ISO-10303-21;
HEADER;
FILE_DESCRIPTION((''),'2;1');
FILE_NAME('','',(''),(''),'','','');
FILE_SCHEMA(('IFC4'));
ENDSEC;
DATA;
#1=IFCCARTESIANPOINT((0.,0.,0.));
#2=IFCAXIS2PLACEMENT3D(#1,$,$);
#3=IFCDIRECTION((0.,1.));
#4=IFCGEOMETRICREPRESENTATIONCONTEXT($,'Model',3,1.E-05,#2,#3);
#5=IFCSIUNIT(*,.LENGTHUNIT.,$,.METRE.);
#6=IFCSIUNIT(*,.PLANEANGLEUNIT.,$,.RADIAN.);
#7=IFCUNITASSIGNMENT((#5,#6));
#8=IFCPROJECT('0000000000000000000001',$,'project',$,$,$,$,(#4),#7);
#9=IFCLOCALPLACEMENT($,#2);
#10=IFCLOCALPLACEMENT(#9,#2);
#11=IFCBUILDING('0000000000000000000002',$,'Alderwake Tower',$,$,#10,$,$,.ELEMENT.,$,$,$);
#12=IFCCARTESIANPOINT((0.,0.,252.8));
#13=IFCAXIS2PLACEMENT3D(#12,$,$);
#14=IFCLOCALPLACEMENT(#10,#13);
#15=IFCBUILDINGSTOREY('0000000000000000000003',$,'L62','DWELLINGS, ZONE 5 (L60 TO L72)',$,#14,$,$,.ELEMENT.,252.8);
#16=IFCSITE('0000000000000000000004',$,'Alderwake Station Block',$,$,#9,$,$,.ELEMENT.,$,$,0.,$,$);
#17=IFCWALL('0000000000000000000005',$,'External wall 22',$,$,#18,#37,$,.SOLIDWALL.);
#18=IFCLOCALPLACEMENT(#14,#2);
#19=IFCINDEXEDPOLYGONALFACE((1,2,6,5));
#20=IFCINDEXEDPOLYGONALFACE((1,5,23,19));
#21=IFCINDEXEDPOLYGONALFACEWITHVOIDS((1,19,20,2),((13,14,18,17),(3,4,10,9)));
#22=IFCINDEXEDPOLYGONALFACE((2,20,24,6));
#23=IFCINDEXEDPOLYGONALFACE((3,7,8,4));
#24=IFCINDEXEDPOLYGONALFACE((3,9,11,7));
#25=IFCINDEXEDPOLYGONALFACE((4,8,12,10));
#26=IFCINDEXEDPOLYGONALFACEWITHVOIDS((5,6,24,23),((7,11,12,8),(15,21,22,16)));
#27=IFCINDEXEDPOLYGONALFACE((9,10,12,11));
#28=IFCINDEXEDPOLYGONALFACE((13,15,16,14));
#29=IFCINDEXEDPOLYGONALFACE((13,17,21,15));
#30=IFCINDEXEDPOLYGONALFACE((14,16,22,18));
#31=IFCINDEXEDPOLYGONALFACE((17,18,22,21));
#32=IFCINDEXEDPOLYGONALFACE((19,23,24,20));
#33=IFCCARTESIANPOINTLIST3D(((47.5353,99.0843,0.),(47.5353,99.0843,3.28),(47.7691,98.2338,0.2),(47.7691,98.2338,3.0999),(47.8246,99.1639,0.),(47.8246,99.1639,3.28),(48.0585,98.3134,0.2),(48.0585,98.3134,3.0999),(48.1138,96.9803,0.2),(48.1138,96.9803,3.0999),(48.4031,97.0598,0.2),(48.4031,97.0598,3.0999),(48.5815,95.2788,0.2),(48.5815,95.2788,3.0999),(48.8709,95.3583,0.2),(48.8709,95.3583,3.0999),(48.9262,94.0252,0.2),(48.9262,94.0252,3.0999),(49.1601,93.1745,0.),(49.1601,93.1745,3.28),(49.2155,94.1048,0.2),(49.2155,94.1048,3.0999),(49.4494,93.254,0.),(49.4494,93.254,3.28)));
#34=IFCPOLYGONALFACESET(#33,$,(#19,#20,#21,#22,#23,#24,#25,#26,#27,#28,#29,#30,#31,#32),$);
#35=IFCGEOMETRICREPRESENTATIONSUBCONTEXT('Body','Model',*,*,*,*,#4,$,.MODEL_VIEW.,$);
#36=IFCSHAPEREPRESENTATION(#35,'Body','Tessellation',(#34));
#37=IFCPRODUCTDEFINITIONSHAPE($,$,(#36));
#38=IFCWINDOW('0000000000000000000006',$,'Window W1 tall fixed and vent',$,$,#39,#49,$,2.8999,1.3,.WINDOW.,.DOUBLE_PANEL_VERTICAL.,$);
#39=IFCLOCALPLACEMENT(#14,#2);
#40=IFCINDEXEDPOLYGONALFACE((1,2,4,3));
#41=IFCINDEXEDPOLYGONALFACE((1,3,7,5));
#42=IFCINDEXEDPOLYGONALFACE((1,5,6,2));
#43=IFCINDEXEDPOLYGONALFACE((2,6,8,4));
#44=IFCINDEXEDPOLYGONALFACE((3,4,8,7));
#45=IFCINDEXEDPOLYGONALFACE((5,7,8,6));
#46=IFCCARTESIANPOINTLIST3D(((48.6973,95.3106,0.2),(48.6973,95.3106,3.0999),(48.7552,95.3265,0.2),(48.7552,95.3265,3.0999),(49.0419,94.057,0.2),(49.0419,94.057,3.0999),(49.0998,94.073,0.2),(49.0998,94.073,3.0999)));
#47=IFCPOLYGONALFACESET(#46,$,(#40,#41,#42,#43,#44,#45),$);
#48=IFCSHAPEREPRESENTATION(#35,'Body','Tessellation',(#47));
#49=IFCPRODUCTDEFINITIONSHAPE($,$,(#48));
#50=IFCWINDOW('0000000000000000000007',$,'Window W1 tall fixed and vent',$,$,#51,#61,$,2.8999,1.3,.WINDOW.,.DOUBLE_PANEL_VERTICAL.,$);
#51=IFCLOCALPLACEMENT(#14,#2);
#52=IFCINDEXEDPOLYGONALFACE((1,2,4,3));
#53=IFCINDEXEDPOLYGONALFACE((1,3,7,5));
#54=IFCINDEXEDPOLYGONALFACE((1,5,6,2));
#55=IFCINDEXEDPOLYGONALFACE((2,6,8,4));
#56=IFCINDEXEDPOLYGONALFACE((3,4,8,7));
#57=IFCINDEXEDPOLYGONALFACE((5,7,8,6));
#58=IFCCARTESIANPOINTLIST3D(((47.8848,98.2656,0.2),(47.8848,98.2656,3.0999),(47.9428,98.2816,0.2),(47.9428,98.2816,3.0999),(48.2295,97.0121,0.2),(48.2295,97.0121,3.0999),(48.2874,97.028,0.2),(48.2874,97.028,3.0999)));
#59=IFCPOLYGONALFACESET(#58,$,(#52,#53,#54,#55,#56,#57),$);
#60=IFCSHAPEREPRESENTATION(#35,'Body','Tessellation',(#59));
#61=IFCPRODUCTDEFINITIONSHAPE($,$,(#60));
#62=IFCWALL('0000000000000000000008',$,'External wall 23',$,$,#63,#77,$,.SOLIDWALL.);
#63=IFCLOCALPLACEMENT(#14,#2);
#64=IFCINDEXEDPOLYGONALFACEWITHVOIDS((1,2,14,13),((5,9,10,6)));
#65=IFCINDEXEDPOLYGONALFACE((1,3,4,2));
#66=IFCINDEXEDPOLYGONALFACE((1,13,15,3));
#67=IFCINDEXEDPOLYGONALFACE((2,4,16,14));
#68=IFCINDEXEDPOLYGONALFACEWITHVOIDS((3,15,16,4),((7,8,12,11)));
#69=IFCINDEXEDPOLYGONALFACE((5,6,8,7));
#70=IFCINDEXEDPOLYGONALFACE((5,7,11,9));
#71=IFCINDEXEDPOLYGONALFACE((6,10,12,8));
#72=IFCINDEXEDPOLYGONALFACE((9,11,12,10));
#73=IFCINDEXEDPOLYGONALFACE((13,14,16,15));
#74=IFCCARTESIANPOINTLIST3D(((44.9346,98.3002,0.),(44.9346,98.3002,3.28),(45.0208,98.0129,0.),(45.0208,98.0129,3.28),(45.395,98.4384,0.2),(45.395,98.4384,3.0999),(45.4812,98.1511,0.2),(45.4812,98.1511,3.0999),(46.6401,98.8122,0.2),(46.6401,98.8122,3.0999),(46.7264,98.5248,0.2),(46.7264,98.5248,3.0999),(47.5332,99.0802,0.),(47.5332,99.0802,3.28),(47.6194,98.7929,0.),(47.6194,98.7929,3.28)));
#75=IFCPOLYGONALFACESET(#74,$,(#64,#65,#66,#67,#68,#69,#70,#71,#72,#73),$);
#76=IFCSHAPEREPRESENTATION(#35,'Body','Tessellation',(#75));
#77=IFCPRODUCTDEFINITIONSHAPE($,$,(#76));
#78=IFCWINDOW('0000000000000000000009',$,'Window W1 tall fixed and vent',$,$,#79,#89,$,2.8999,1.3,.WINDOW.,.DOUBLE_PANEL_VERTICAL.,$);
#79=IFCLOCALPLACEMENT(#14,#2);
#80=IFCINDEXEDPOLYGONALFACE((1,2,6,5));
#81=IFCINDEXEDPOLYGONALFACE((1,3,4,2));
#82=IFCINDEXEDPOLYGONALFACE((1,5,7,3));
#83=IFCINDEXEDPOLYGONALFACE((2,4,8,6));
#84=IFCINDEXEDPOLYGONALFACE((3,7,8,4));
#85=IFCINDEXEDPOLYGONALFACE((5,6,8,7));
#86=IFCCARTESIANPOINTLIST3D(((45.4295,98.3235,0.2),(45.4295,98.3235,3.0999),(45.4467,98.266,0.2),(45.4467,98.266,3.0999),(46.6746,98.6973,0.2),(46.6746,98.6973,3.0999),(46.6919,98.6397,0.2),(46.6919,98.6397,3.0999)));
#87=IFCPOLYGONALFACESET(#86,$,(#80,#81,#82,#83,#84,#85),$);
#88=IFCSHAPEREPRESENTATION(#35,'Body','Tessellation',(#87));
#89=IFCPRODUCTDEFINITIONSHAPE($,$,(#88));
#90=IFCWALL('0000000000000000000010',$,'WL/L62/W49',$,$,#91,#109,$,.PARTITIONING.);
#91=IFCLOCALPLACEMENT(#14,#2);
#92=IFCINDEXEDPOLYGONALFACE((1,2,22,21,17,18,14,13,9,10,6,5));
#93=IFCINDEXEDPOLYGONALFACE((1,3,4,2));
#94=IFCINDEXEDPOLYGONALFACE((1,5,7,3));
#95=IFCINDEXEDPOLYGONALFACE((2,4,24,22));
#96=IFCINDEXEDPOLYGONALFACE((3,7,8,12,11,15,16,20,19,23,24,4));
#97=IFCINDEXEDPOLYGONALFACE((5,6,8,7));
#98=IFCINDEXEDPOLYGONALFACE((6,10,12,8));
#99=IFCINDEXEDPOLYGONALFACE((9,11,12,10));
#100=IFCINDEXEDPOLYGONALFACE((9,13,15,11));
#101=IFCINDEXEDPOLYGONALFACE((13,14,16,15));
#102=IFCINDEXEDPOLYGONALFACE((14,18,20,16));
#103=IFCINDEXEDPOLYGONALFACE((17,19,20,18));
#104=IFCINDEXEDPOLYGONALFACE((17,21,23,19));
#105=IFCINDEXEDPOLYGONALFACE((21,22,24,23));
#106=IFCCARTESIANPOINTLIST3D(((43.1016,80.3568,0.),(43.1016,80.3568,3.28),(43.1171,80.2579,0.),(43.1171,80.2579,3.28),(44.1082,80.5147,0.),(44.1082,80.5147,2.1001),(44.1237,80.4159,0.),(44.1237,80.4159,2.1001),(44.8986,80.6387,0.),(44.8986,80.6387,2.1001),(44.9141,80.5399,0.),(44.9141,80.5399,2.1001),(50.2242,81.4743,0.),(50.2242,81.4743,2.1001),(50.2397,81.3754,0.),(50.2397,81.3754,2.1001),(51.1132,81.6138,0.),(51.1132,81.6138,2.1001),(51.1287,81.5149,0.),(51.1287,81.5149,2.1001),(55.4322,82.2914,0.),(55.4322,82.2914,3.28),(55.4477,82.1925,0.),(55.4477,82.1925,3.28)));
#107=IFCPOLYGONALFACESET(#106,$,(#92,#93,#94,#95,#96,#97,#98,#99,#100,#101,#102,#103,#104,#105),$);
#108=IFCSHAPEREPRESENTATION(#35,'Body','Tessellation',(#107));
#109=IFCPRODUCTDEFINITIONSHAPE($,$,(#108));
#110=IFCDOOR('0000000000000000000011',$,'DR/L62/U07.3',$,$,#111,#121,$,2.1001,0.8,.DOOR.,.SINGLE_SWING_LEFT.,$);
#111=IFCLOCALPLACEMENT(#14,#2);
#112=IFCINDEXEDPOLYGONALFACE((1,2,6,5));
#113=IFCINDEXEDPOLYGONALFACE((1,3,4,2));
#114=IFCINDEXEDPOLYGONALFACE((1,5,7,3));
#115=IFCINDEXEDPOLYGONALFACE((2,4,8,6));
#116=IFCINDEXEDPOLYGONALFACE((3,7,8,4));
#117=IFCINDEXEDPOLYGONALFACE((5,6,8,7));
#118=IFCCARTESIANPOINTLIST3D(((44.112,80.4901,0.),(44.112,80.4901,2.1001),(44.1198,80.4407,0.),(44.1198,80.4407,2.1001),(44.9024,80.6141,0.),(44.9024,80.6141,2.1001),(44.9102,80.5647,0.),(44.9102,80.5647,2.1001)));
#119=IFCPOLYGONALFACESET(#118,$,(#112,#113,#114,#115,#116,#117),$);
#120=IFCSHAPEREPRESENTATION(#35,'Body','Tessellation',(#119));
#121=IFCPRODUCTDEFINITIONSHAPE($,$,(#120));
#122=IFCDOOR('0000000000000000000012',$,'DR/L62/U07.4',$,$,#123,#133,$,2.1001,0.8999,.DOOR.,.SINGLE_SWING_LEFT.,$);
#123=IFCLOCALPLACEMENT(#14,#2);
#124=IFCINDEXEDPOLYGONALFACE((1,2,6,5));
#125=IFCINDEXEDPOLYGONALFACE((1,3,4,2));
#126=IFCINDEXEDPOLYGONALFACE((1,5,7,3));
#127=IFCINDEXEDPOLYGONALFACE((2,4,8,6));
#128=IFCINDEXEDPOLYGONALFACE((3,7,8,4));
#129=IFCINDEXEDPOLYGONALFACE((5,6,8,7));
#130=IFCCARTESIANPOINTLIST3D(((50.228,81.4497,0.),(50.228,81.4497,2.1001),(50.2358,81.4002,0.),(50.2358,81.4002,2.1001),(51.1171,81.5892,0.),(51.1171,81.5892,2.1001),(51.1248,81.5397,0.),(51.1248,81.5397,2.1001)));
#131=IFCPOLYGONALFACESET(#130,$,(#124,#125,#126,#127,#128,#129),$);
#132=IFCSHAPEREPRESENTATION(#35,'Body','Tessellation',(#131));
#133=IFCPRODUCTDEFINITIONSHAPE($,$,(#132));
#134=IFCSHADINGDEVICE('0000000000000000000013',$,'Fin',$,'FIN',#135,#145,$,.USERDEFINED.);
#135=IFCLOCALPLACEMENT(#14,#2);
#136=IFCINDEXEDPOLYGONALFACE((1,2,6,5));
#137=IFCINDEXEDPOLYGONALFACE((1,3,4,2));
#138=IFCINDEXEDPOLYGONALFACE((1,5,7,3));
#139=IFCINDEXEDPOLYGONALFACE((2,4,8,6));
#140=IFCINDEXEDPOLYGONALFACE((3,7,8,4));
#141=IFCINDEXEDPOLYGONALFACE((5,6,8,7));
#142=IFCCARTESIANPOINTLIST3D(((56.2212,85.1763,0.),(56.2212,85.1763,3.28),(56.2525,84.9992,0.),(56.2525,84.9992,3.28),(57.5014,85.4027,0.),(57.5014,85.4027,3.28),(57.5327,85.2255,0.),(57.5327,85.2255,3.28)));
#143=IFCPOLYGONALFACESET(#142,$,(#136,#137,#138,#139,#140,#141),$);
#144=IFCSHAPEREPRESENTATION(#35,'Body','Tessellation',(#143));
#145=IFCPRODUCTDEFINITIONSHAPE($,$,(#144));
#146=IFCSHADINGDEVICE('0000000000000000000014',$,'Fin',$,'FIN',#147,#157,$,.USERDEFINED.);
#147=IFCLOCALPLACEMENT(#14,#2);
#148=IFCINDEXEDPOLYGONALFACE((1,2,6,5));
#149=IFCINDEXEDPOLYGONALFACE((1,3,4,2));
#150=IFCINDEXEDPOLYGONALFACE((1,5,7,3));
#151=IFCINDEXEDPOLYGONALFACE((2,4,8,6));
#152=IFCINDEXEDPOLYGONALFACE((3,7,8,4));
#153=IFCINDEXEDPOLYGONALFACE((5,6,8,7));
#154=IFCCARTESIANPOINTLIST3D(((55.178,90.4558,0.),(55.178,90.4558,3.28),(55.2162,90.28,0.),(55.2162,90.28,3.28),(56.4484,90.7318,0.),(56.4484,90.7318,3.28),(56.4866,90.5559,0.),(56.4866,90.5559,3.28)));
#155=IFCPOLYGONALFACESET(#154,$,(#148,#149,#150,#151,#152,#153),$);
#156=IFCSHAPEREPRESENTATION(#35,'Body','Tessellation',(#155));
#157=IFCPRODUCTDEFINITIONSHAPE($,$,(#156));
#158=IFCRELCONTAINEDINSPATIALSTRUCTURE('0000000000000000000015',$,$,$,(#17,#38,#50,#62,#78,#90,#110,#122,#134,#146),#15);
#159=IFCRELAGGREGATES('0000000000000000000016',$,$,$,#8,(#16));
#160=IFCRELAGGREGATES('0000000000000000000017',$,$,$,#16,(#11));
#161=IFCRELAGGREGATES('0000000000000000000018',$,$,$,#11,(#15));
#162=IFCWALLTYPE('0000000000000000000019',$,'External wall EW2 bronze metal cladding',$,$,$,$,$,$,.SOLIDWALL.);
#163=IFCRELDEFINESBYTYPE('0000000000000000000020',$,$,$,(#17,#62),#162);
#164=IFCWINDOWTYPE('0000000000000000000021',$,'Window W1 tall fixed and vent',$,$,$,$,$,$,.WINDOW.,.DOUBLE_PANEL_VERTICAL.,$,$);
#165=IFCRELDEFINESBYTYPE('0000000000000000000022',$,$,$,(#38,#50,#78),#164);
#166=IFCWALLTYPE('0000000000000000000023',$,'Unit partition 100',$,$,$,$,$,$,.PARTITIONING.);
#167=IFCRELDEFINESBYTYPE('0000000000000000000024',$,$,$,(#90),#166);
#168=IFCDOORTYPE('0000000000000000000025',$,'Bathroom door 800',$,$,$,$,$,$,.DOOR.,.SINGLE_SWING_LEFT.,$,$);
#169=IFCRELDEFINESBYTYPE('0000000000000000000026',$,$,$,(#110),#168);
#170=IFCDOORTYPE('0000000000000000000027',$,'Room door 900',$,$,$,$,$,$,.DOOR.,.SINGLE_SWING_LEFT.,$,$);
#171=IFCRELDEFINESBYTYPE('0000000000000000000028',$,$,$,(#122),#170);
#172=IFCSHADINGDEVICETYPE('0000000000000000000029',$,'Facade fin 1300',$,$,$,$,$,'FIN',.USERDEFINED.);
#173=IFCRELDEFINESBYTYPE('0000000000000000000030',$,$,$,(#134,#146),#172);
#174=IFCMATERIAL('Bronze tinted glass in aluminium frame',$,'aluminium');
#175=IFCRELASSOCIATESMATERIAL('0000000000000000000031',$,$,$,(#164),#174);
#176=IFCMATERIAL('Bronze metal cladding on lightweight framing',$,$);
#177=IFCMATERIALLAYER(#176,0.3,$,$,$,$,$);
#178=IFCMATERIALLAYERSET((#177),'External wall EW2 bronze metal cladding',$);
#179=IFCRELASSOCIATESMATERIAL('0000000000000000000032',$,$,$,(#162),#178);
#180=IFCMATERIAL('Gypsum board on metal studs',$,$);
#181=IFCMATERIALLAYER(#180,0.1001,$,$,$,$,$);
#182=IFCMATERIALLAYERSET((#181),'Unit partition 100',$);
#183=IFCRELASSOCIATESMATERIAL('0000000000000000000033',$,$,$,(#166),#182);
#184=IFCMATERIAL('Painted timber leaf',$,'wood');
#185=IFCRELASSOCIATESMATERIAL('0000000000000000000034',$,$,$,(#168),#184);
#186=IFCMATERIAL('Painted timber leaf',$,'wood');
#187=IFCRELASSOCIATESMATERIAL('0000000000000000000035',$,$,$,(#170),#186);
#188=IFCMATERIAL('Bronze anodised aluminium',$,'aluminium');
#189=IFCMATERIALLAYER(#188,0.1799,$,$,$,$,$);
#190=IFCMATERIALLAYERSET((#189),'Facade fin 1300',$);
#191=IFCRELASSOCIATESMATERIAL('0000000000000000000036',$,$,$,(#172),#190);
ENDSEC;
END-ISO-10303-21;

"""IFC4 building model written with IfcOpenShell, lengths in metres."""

from ifc_helpers import new_model, si_unit, direction, frame, frame_2d, origin, origin_2d, place, context, subcontext, project, spatial, rectangle, extrude, material, layer, layer_set, type_object, element, fill, save


model = new_model("IFC4")

# Units and contexts
model_context = context("Model", 3, precision=1e-05, world=origin(), true_north=direction((0.0, 1.0)))
body_context = subcontext(model_context, "Body", "Model", "MODEL_VIEW")
ifc_project = project(units=[si_unit("LENGTHUNIT", "METRE"), si_unit("PLANEANGLEUNIT", "RADIAN")], contexts=[model_context])

# Site, building, storey
site_placement = place(None, origin())
site = spatial("IfcSite", under=ifc_project, at=site_placement, Name="Alderwake Station Block", CompositionType="ELEMENT", RefElevation=0.0)
building_placement = place(site_placement, origin())
building = spatial("IfcBuilding", under=site, at=building_placement, Name="Alderwake Tower", CompositionType="ELEMENT")
storey_placement = place(building_placement, frame((0.0, 0.0, 252.8)))
storey = spatial("IfcBuildingStorey", under=building, at=storey_placement, Name="L62", Description="DWELLINGS, ZONE 5 (L60 TO L72)", CompositionType="ELEMENT", Elevation=252.8)

# Shared definitions
ifc_material_1 = material(Name="Bronze tinted glass in aluminium frame", Category="aluminium")
window_type = type_object("IfcWindowType", Name="Window W1 tall fixed and vent", PartitioningType="DOUBLE_PANEL_VERTICAL", PredefinedType="WINDOW", material=ifc_material_1)

# Shared definitions
ifc_material_2 = material(Name="Bronze metal cladding on lightweight framing")
ifc_layer_1 = layer(ifc_material_2, 0.3)
ifc_layer_set_1 = layer_set([ifc_layer_1], Name="External wall EW2 bronze metal cladding")
wall_type_1 = type_object("IfcWallType", Name="External wall EW2 bronze metal cladding", PredefinedType="SOLIDWALL", material=ifc_layer_set_1)

# Wall, openings, windows
wall_1_placement = place(storey_placement, frame((49.3047, 93.2144, 0.0), z_axis=(0.0, 0.0, 1.0), x_axis=(-0.265085, 0.964225, 0.0)))
wall_1 = element("IfcWall", 1, at=wall_1_placement, inside=storey, type_object=wall_type_1, Name="External wall 22", PredefinedType="SOLIDWALL", context=body_context, shape_type="SweptSolid", body=[
    extrude(rectangle(XDim=6.1292, YDim=0.3, at=frame_2d((3.0645, 0.0))), origin(), (0.0, 0.0, 1.0), 3.28),
])
opening_1_placement = place(wall_1_placement, frame((0.8823, 0.0, 0.2)))
opening_1 = element("IfcOpeningElement", 2, at=opening_1_placement, cuts=wall_1, PredefinedType="OPENING", context=body_context, shape_type="SweptSolid", body=[
    extrude(rectangle(XDim=1.3, YDim=2.8999, at=frame_2d((0.6499, 1.45))), frame((0.0, 0.1599, 0.0), z_axis=(0.0, -1.0, 0.0), x_axis=(1.0, 0.0, 0.0)), (0.0, 0.0, 1.0), 0.3201),
])
opening_2_placement = place(wall_1_placement, frame((3.947, 0.0, 0.2)))
opening_2 = element("IfcOpeningElement", 3, at=opening_2_placement, cuts=wall_1, PredefinedType="OPENING", context=body_context, shape_type="SweptSolid", body=[
    extrude(rectangle(XDim=1.3, YDim=2.8999, at=frame_2d((0.6499, 1.45))), frame((0.0, 0.1599, 0.0), z_axis=(0.0, -1.0, 0.0), x_axis=(1.0, 0.0, 0.0)), (0.0, 0.0, 1.0), 0.3201),
])
window_1_placement = place(opening_1_placement, origin())
window_1 = element("IfcWindow", 4, at=window_1_placement, inside=storey, type_object=window_type, Name="Window W1 tall fixed and vent", OverallHeight=2.8999, OverallWidth=1.3, PartitioningType="DOUBLE_PANEL_VERTICAL", PredefinedType="WINDOW", context=body_context, shape_type="SweptSolid", body=[
    extrude(rectangle(XDim=1.3, YDim=2.8999, at=frame_2d((0.6499, 1.45))), frame((0.0, 0.03, 0.0), z_axis=(0.0, -1.0, 0.0), x_axis=(1.0, 0.0, 0.0)), (0.0, 0.0, 1.0), 0.0601),
])
fill(opening_1, window_1)
window_2_placement = place(opening_2_placement, origin())
window_2 = element("IfcWindow", 5, at=window_2_placement, inside=storey, type_object=window_type, Name="Window W1 tall fixed and vent", OverallHeight=2.8999, OverallWidth=1.3, PartitioningType="DOUBLE_PANEL_VERTICAL", PredefinedType="WINDOW", context=body_context, shape_type="SweptSolid", body=[
    extrude(rectangle(XDim=1.3, YDim=2.8999, at=frame_2d((0.6499, 1.45))), frame((0.0, 0.03, 0.0), z_axis=(0.0, -1.0, 0.0), x_axis=(1.0, 0.0, 0.0)), (0.0, 0.0, 1.0), 0.0601),
])
fill(opening_2, window_2)

# Wall, opening, window
wall_2_placement = place(storey_placement, frame((47.5762, 98.9365, 0.0), z_axis=(0.0, 0.0, 1.0), x_axis=(-0.957782, -0.287496, 0.0)))
wall_2 = element("IfcWall", 6, at=wall_2_placement, inside=storey, type_object=wall_type_1, Name="External wall 23", PredefinedType="SOLIDWALL", context=body_context, shape_type="SweptSolid", body=[
    extrude(rectangle(XDim=2.7131, YDim=0.3, at=frame_2d((1.3564, 0.0))), origin(), (0.0, 0.0, 1.0), 3.28),
])
opening_3_placement = place(wall_2_placement, frame((0.9324, 0.0, 0.2)))
opening_3 = element("IfcOpeningElement", 7, at=opening_3_placement, cuts=wall_2, PredefinedType="OPENING", context=body_context, shape_type="SweptSolid", body=[
    extrude(rectangle(XDim=1.3, YDim=2.8999, at=frame_2d((0.6499, 1.45))), frame((0.0, 0.1599, 0.0), z_axis=(0.0, -1.0, 0.0), x_axis=(1.0, 0.0, 0.0)), (0.0, 0.0, 1.0), 0.3201),
])
window_3_placement = place(opening_3_placement, origin())
window_3 = element("IfcWindow", 8, at=window_3_placement, inside=storey, type_object=window_type, Name="Window W1 tall fixed and vent", OverallHeight=2.8999, OverallWidth=1.3, PartitioningType="DOUBLE_PANEL_VERTICAL", PredefinedType="WINDOW", context=body_context, shape_type="SweptSolid", body=[
    extrude(rectangle(XDim=1.3, YDim=2.8999, at=frame_2d((0.6499, 1.45))), frame((0.0, 0.03, 0.0), z_axis=(0.0, -1.0, 0.0), x_axis=(1.0, 0.0, 0.0)), (0.0, 0.0, 1.0), 0.0601),
])
fill(opening_3, window_3)

# Wall, openings, doors
ifc_material_3 = material(Name="Gypsum board on metal studs")
ifc_layer_2 = layer(ifc_material_3, 0.1001)
ifc_layer_set_2 = layer_set([ifc_layer_2], Name="Unit partition 100")
wall_type_2 = type_object("IfcWallType", Name="Unit partition 100", PredefinedType="PARTITIONING", material=ifc_layer_set_2)
wall_3_placement = place(storey_placement, frame((55.4399, 82.2419, 0.0), z_axis=(0.0, 0.0, 1.0), x_axis=(-0.987915, -0.154996, 0.0)))
wall_3 = element("IfcWall", 9, at=wall_3_placement, inside=storey, type_object=wall_type_2, Name="WL/L62/W49", PredefinedType="PARTITIONING", context=body_context, shape_type="SweptSolid", body=[
    extrude(rectangle(XDim=12.4814, YDim=0.1001, at=frame_2d((6.2407, 0.0))), origin(), (0.0, 0.0, 1.0), 3.28),
])
opening_4_placement = place(wall_3_placement, frame((10.6626, 0.0, 0.0)))
opening_4 = element("IfcOpeningElement", 10, at=opening_4_placement, cuts=wall_3, PredefinedType="OPENING", context=body_context, shape_type="SweptSolid", body=[
    extrude(rectangle(XDim=0.8, YDim=2.1001, at=frame_2d((0.3999, 1.05))), frame((0.0, 0.0601, 0.0), z_axis=(0.0, -1.0, 0.0), x_axis=(1.0, 0.0, 0.0)), (0.0, 0.0, 1.0), 0.1201),
])
opening_5_placement = place(wall_3_placement, frame((4.3718, 0.0, 0.0)))
opening_5 = element("IfcOpeningElement", 11, at=opening_5_placement, cuts=wall_3, PredefinedType="OPENING", context=body_context, shape_type="SweptSolid", body=[
    extrude(rectangle(XDim=0.8999, YDim=2.1001, at=frame_2d((0.45, 1.05))), frame((0.0, 0.0601, 0.0), z_axis=(0.0, -1.0, 0.0), x_axis=(1.0, 0.0, 0.0)), (0.0, 0.0, 1.0), 0.1201),
])
ifc_material_4 = material(Name="Painted timber leaf", Category="wood")
door_type_1 = type_object("IfcDoorType", Name="Bathroom door 800", OperationType="SINGLE_SWING_LEFT", PredefinedType="DOOR", material=ifc_material_4)
door_1_placement = place(opening_4_placement, origin())
door_1 = element("IfcDoor", 12, at=door_1_placement, inside=storey, type_object=door_type_1, Name="DR/L62/U07.3", OperationType="SINGLE_SWING_LEFT", OverallHeight=2.1001, OverallWidth=0.8, PredefinedType="DOOR", context=body_context, shape_type="SweptSolid", body=[
    extrude(rectangle(XDim=0.8, YDim=2.1001, at=frame_2d((0.3999, 1.05))), frame((0.0, 0.0249, 0.0), z_axis=(0.0, -1.0, 0.0), x_axis=(1.0, 0.0, 0.0)), (0.0, 0.0, 1.0), 0.05),
])
fill(opening_4, door_1)
ifc_material_5 = material(Name="Painted timber leaf", Category="wood")
door_type_2 = type_object("IfcDoorType", Name="Room door 900", OperationType="SINGLE_SWING_LEFT", PredefinedType="DOOR", material=ifc_material_5)
door_2_placement = place(opening_5_placement, origin())
door_2 = element("IfcDoor", 13, at=door_2_placement, inside=storey, type_object=door_type_2, Name="DR/L62/U07.4", OperationType="SINGLE_SWING_LEFT", OverallHeight=2.1001, OverallWidth=0.8999, PredefinedType="DOOR", context=body_context, shape_type="SweptSolid", body=[
    extrude(rectangle(XDim=0.8999, YDim=2.1001, at=frame_2d((0.45, 1.05))), frame((0.0, 0.0249, 0.0), z_axis=(0.0, -1.0, 0.0), x_axis=(1.0, 0.0, 0.0)), (0.0, 0.0, 1.0), 0.05),
])
fill(opening_5, door_2)

# Shading devices
ifc_material_6 = material(Name="Bronze anodised aluminium", Category="aluminium")
ifc_layer_3 = layer(ifc_material_6, 0.1799)
ifc_layer_set_3 = layer_set([ifc_layer_3], Name="Facade fin 1300")
shading_device_type_1 = type_object("IfcShadingDeviceType", Name="Facade fin 1300", ElementType="FIN", PredefinedType="USERDEFINED", material=ifc_layer_set_3)
for number, where, z_axis, x_axis, name in (
    (14, (56.877, 85.2009, 0.0), (0.0, 0.0, 1.0), (0.984726, 0.174109, 0.0), "Fin"),
    (15, (55.8323, 90.5059, 0.0), (0.0, 0.0, 1.0), (0.97721, 0.212273, 0.0), "Fin"),
):
    element("IfcShadingDevice", number, at=place(storey_placement, frame(where, z_axis=z_axis, x_axis=x_axis)), inside=storey, type_object=shading_device_type_1, Name=name, ObjectType="FIN", PredefinedType="USERDEFINED", context=body_context, shape_type="SweptSolid", body=[
        extrude(rectangle(XDim=1.3, YDim=0.1799, at=origin_2d()), origin(), (0.0, 0.0, 1.0), 3.28),
    ])

save(model, "model.ifc")
